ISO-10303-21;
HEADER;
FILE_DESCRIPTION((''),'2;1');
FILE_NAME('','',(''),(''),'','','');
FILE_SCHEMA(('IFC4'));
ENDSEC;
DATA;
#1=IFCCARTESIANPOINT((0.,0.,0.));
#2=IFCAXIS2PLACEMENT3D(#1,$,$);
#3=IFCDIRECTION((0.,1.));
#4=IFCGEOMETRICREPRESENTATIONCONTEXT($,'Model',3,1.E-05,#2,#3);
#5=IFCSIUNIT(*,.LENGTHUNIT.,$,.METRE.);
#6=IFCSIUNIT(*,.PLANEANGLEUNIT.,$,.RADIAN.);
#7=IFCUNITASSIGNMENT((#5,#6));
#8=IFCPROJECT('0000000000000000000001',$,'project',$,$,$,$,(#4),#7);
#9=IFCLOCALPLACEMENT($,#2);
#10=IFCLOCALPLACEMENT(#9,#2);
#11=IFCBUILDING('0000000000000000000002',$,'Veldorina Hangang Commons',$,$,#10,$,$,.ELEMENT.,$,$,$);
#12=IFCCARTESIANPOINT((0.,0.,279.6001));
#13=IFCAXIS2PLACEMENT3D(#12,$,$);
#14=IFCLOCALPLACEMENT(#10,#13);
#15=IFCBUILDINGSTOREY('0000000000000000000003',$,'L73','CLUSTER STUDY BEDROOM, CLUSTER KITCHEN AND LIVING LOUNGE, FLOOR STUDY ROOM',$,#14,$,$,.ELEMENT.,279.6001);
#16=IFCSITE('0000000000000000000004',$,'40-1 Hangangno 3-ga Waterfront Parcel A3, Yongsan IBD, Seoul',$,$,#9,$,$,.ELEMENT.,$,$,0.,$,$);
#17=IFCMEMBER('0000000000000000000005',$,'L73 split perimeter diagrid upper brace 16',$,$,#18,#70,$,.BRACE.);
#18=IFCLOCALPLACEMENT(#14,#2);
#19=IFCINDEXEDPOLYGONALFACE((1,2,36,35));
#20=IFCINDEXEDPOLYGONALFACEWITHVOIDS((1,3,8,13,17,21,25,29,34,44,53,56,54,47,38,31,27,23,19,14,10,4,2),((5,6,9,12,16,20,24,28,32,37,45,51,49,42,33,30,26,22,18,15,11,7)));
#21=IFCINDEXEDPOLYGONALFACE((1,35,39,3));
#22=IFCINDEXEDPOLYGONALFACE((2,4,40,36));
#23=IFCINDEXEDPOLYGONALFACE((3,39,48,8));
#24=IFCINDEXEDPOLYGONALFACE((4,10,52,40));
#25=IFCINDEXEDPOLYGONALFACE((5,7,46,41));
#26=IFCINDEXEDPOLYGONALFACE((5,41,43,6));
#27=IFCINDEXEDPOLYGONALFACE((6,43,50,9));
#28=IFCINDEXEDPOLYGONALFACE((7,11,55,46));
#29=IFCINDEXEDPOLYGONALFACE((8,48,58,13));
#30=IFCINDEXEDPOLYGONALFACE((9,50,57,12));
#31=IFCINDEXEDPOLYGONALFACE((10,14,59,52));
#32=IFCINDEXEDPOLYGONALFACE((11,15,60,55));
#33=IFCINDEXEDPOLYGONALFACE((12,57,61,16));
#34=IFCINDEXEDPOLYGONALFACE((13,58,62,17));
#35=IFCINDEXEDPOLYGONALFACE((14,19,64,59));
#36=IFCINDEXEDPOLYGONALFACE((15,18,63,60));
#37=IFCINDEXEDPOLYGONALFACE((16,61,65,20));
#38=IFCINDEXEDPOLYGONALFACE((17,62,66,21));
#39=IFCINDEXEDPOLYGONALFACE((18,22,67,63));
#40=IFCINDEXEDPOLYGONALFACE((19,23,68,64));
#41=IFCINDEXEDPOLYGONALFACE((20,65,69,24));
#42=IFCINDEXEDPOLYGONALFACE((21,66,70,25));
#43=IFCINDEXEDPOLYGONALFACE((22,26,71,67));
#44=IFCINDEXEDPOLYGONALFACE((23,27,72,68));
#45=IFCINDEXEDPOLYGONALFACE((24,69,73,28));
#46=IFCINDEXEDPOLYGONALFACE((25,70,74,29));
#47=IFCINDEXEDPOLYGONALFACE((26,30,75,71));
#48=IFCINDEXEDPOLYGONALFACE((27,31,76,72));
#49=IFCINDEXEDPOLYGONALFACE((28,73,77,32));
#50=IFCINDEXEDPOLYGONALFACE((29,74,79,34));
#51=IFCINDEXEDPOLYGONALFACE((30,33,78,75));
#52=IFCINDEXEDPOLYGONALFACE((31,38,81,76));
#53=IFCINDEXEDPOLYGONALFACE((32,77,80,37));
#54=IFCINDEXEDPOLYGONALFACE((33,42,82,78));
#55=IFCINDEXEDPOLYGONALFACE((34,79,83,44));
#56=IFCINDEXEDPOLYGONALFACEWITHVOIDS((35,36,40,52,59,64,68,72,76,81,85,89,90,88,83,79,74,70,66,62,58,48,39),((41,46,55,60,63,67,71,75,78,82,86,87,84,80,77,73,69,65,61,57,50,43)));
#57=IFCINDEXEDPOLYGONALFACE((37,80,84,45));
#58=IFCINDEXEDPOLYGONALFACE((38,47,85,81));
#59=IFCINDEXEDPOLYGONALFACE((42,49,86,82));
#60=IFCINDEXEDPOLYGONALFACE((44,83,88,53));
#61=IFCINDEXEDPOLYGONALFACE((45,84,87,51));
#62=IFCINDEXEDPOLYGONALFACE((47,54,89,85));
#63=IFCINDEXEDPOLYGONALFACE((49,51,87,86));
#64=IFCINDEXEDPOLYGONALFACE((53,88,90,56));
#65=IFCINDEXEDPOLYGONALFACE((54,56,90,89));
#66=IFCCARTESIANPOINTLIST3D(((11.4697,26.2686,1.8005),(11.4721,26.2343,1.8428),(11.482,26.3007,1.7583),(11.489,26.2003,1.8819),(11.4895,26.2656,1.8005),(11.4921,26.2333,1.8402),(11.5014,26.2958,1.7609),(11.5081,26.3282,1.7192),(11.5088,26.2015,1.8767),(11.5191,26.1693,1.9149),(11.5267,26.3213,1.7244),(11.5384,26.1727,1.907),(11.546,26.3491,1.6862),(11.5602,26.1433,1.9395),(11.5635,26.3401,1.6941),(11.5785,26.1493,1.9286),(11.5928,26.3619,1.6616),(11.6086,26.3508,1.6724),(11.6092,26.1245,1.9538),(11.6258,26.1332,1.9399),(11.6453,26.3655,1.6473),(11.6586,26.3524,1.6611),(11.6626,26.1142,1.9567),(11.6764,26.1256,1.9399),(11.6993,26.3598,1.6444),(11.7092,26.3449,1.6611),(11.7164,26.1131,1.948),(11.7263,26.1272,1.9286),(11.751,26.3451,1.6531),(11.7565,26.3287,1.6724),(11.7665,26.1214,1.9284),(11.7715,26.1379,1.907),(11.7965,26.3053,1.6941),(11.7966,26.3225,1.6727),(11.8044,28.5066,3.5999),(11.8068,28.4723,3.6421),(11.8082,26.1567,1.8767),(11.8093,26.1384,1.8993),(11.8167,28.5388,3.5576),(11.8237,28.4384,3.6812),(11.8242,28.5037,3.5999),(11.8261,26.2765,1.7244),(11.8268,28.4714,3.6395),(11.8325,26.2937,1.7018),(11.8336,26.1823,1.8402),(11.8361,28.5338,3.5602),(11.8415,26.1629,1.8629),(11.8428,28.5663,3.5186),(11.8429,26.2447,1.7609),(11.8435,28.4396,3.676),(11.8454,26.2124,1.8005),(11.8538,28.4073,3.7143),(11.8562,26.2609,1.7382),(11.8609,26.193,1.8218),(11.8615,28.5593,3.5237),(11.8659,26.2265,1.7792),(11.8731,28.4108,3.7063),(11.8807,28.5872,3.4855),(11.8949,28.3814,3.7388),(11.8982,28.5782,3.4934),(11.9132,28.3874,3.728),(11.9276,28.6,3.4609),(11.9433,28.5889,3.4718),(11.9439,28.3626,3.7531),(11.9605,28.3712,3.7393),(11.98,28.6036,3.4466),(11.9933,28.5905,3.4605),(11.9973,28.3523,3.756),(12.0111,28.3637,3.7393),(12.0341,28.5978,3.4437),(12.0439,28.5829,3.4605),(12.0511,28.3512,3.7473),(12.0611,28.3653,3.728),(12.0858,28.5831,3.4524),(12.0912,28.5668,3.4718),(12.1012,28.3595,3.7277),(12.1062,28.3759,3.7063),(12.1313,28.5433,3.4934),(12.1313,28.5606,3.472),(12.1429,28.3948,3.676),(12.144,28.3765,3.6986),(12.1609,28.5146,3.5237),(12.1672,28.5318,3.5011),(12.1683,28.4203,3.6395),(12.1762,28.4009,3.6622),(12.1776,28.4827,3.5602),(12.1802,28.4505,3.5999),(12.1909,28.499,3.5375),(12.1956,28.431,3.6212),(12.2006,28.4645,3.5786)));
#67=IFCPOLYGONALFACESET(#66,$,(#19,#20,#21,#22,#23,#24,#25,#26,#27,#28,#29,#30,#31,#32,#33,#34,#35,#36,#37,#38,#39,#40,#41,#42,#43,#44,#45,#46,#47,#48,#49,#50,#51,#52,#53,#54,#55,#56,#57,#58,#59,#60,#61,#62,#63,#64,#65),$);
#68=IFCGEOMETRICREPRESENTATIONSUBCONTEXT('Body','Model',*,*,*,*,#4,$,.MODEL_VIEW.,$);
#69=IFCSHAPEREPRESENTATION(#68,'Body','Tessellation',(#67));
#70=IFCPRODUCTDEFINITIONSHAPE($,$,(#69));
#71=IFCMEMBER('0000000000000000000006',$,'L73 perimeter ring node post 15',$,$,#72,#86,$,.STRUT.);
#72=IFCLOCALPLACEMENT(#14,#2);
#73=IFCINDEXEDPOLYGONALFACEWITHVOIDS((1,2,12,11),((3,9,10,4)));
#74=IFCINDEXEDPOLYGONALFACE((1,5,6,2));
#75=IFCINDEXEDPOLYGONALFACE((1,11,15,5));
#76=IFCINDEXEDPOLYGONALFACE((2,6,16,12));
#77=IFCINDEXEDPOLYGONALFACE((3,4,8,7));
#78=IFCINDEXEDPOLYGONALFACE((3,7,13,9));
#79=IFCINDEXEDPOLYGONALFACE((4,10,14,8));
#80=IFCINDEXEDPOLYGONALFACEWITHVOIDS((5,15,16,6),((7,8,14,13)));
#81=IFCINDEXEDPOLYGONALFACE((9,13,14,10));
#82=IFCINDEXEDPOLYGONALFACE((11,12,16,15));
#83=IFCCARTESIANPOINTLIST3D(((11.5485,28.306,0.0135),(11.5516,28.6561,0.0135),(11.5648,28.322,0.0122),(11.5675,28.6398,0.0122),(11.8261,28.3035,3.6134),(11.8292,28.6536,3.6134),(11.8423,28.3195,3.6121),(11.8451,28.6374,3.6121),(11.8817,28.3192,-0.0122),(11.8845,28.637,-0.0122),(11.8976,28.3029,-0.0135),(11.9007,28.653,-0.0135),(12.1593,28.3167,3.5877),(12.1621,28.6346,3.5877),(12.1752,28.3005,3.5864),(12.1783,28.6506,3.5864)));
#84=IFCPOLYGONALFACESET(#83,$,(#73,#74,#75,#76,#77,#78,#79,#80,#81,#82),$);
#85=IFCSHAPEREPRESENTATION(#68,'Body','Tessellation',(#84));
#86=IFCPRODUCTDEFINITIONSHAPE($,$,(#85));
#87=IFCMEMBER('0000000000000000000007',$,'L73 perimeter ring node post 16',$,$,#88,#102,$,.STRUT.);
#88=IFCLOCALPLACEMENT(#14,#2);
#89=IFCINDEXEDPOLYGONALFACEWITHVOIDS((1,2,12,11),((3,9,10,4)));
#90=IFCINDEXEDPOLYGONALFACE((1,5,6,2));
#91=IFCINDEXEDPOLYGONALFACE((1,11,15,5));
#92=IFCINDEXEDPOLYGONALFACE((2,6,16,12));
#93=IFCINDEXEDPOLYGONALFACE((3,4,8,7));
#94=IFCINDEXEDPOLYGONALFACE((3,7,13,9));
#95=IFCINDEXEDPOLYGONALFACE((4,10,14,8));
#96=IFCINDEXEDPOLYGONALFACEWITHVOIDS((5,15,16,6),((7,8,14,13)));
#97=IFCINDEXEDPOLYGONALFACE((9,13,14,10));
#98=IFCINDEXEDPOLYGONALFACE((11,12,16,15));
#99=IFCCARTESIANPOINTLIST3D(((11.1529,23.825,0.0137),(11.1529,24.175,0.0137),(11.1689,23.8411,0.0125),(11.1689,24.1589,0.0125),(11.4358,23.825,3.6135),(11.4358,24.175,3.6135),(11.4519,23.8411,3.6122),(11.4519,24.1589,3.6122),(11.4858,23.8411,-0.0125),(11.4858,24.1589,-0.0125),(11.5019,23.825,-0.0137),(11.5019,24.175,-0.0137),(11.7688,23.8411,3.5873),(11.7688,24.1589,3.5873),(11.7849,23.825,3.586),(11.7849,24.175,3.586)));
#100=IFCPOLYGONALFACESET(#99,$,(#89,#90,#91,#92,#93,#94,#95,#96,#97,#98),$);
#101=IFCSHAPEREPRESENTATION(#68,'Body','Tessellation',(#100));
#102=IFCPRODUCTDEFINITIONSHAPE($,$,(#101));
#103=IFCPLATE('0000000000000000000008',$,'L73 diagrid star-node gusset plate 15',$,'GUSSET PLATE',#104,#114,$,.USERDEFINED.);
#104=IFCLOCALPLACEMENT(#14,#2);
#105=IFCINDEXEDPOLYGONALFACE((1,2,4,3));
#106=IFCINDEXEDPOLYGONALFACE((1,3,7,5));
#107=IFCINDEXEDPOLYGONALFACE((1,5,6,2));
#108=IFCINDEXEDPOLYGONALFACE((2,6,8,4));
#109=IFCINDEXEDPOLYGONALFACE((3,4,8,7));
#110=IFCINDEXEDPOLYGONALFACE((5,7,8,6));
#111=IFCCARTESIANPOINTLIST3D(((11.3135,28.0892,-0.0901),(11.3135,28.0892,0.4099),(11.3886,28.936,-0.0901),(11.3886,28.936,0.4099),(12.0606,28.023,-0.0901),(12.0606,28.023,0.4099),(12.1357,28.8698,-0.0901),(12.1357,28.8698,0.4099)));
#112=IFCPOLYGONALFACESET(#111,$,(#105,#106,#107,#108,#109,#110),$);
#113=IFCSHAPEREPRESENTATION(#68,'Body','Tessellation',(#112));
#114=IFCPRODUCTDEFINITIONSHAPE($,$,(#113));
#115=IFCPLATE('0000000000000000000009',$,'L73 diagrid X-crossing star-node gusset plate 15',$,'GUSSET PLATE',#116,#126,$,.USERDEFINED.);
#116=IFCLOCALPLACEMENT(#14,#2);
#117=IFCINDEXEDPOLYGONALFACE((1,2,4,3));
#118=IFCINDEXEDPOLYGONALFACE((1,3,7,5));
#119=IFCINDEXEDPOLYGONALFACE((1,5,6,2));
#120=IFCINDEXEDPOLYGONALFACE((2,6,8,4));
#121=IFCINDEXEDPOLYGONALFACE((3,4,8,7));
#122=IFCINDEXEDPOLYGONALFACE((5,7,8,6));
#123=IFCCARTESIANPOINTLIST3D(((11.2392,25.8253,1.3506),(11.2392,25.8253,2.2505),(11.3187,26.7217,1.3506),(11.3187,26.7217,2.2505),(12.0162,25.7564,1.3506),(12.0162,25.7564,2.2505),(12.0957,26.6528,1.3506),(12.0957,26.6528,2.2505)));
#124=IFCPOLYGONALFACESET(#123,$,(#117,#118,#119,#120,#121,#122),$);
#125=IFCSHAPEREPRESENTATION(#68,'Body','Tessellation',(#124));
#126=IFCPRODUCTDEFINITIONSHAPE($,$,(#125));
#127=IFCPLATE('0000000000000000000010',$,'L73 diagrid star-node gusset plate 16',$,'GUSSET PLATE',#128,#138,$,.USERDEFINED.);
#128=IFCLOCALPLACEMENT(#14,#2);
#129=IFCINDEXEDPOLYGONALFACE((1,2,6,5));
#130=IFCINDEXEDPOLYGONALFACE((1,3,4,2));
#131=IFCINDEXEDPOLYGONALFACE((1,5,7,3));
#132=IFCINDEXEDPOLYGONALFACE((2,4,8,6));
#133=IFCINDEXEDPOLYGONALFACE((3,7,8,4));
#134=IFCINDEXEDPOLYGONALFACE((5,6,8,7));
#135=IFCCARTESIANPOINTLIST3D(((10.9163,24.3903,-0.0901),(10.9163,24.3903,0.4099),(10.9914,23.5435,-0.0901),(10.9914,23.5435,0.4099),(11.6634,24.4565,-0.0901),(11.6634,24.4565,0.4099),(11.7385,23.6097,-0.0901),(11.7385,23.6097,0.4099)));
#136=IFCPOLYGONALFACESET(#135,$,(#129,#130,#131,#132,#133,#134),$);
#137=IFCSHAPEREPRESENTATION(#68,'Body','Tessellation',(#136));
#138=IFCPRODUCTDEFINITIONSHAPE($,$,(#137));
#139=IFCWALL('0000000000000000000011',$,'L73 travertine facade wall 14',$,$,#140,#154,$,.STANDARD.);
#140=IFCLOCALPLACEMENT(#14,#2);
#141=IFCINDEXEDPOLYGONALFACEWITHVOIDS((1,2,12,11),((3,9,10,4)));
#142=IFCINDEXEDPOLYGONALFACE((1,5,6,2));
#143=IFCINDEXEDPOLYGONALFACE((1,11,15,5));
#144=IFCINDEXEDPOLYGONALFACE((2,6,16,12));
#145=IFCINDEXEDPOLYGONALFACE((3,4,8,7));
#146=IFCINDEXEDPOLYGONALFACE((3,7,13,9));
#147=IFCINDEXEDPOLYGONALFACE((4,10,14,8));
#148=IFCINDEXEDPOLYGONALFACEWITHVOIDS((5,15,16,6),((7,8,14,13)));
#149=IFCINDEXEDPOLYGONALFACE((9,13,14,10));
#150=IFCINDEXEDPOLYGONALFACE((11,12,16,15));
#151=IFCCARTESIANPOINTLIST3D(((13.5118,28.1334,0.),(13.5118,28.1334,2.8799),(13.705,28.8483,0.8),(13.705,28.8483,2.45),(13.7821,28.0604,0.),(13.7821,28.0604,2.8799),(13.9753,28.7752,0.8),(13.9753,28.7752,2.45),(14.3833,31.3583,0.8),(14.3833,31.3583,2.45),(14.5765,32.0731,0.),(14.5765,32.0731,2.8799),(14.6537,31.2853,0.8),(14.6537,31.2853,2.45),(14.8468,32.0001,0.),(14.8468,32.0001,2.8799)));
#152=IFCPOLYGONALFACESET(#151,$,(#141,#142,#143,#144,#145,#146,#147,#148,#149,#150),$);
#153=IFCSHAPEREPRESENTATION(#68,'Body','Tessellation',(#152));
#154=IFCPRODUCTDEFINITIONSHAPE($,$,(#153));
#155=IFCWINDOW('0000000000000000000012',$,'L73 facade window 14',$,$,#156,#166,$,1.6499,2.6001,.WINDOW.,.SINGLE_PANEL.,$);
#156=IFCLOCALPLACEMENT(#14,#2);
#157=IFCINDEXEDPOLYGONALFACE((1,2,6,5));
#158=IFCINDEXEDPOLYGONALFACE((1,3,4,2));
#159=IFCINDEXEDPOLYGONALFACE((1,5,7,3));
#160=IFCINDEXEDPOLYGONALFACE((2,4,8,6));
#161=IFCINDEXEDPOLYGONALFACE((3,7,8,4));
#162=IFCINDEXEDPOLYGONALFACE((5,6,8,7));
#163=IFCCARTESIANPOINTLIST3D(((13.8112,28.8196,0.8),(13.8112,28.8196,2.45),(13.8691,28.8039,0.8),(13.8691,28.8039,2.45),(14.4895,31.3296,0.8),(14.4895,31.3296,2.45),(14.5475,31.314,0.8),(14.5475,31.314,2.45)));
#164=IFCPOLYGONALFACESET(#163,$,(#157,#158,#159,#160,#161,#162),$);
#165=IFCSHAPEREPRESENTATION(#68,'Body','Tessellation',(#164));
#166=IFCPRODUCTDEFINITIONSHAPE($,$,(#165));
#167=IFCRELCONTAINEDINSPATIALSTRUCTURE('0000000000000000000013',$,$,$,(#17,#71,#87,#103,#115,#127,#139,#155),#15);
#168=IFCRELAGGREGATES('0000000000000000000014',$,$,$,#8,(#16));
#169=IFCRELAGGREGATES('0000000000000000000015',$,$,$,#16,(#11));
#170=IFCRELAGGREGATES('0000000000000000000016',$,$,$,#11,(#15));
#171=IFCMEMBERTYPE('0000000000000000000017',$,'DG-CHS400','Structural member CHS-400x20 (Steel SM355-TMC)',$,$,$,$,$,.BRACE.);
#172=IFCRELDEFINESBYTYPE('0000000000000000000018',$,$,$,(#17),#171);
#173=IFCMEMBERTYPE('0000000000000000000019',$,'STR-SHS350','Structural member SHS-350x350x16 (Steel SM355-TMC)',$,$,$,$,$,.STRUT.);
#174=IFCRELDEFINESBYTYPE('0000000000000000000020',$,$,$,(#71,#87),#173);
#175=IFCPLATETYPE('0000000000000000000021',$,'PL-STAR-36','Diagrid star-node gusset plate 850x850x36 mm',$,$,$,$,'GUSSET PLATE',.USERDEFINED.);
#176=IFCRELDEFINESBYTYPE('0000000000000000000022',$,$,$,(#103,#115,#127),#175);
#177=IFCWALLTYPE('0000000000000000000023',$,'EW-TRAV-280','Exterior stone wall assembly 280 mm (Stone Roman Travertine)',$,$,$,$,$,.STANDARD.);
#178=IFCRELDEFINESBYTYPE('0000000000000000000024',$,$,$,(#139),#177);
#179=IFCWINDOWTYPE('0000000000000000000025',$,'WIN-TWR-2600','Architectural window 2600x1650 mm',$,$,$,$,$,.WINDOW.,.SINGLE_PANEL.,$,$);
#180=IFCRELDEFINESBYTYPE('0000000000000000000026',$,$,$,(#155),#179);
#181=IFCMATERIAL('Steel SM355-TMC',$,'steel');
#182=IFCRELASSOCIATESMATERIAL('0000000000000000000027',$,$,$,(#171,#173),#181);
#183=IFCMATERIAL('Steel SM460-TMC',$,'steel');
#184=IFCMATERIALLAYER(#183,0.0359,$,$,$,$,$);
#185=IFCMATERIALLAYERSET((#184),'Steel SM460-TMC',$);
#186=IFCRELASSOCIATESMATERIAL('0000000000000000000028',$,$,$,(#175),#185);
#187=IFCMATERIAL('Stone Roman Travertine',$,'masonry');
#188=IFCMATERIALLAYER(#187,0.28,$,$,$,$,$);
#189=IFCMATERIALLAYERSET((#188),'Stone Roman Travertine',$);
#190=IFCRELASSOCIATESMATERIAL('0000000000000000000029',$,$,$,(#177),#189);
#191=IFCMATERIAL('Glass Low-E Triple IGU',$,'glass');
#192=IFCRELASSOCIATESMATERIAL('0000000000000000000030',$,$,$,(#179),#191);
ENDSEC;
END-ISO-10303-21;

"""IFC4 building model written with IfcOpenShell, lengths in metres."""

from ifc_helpers import new_model, si_unit, direction, frame, frame_2d, origin, origin_2d, place, context, subcontext, project, spatial, rectangle, hollow_rectangle, hollow_circle, extrude, material, layer, layer_set, material_profile, profile_set, type_object, element, fill, save


model = new_model("IFC4")

# Units and contexts
model_context = context("Model", 3, precision=1e-05, world=origin(), true_north=direction((0.0, 1.0)))
body_context = subcontext(model_context, "Body", "Model", "MODEL_VIEW")
ifc_project = project(units=[si_unit("LENGTHUNIT", "METRE"), si_unit("PLANEANGLEUNIT", "RADIAN")], contexts=[model_context])

# Site, building, storey
site_placement = place(None, origin())
site = spatial("IfcSite", under=ifc_project, at=site_placement, Name="40-1 Hangangno 3-ga Waterfront Parcel A3, Yongsan IBD, Seoul", CompositionType="ELEMENT", RefElevation=0.0)
building_placement = place(site_placement, origin())
building = spatial("IfcBuilding", under=site, at=building_placement, Name="Veldorina Hangang Commons", CompositionType="ELEMENT")
storey_placement = place(building_placement, frame((0.0, 0.0, 279.6001)))
storey = spatial("IfcBuildingStorey", under=building, at=storey_placement, Name="L73", Description="CLUSTER STUDY BEDROOM, CLUSTER KITCHEN AND LIVING LOUNGE, FLOOR STUDY ROOM", CompositionType="ELEMENT", Elevation=279.6001)

# Shared definitions
ifc_material_1 = material(Name="Steel SM355-TMC", Category="steel")

# Members
ifc_material_profile_1 = material_profile(ifc_material_1, hollow_circle(Radius=0.2, WallThickness=0.02, at=origin_2d()), Name="CHS-400x20")
ifc_profile_set_1 = profile_set([ifc_material_profile_1], Name="Steel SM355-TMC")
member_type_1 = type_object("IfcMemberType", Name="DG-CHS400", Description="Structural member CHS-400x20 (Steel SM355-TMC)", PredefinedType="BRACE", material=ifc_profile_set_1)
member_1_placement = place(storey_placement, frame((11.6675, 26.239, 1.8005), z_axis=(0.115775, 0.774116, 0.622367), x_axis=(-0.989, 0.147913, 0.0)))
element("IfcMember", 1, at=member_1_placement, inside=storey, type_object=member_type_1, Name="L73 split perimeter diagrid upper brace 16", PredefinedType="BRACE", context=body_context, shape_type="SweptSolid", body=[
    extrude(hollow_circle(Radius=0.2, WallThickness=0.02, at=origin_2d()), origin(), (0.0, 0.0, 1.0), 2.8911),
])
ifc_material_profile_2 = material_profile(ifc_material_1, hollow_rectangle(XDim=0.3501, YDim=0.3501, WallThickness=0.0161, at=origin_2d()), Name="SHS-350x350x16")
ifc_profile_set_2 = profile_set([ifc_material_profile_2], Name="Steel SM355-TMC")
member_type_2 = type_object("IfcMemberType", Name="STR-SHS350", Description="Structural member SHS-350x350x16 (Steel SM355-TMC)", PredefinedType="STRUT", material=ifc_profile_set_2)
member_2_placement = place(storey_placement, frame((11.7246, 28.4795, 0.0), z_axis=(0.076883, -0.000676, 0.99704), x_axis=(0.008795, 0.999961, 0.0)))
element("IfcMember", 2, at=member_2_placement, inside=storey, type_object=member_type_2, Name="L73 perimeter ring node post 15", PredefinedType="STRUT", context=body_context, shape_type="SweptSolid", body=[
    extrude(hollow_rectangle(XDim=0.3501, YDim=0.3501, WallThickness=0.0161, at=origin_2d()), origin(), (0.0, 0.0, 1.0), 3.6106),
])
member_3_placement = place(storey_placement, frame((11.3274, 24.0, 0.0), z_axis=(0.078361, 0.0, 0.996925), x_axis=(0.0, 1.0, 0.0)))
element("IfcMember", 3, at=member_3_placement, inside=storey, type_object=member_type_2, Name="L73 perimeter ring node post 16", PredefinedType="STRUT", context=body_context, shape_type="SweptSolid", body=[
    extrude(hollow_rectangle(XDim=0.3501, YDim=0.3501, WallThickness=0.0161, at=origin_2d()), origin(), (0.0, 0.0, 1.0), 3.6108),
])

# Plates
ifc_material_2 = material(Name="Steel SM460-TMC", Category="steel")
ifc_layer_1 = layer(ifc_material_2, 0.0359)
ifc_layer_set_1 = layer_set([ifc_layer_1], Name="Steel SM460-TMC")
plate_type = type_object("IfcPlateType", Name="PL-STAR-36", Description="Diagrid star-node gusset plate 850x850x36 mm", ElementType="GUSSET PLATE", PredefinedType="USERDEFINED", material=ifc_layer_set_1)
plate_1_placement = place(storey_placement, frame((11.7246, 28.4795, -0.0901), z_axis=(0.0, 0.0, 1.0), x_axis=(-0.088321, -0.996092, 0.0)))
element("IfcPlate", 4, at=plate_1_placement, inside=storey, type_object=plate_type, Name="L73 diagrid star-node gusset plate 15", ObjectType="GUSSET PLATE", PredefinedType="USERDEFINED", context=body_context, shape_type="SweptSolid", body=[
    extrude(rectangle(XDim=0.8501, YDim=0.75, at=origin_2d()), origin(), (0.0, 0.0, 1.0), 0.5),
])
plate_2_placement = place(storey_placement, frame((11.6675, 26.239, 1.3506), z_axis=(0.0, 0.0, 1.0), x_axis=(-0.088321, -0.996092, 0.0)))
element("IfcPlate", 5, at=plate_2_placement, inside=storey, type_object=plate_type, Name="L73 diagrid X-crossing star-node gusset plate 15", ObjectType="GUSSET PLATE", PredefinedType="USERDEFINED", context=body_context, shape_type="SweptSolid", body=[
    extrude(rectangle(XDim=0.8999, YDim=0.78, at=origin_2d()), origin(), (0.0, 0.0, 1.0), 0.8999),
])
plate_3_placement = place(storey_placement, frame((11.3274, 24.0, -0.0901), z_axis=(0.0, 0.0, 1.0), x_axis=(0.088321, -0.996092, 0.0)))
element("IfcPlate", 6, at=plate_3_placement, inside=storey, type_object=plate_type, Name="L73 diagrid star-node gusset plate 16", ObjectType="GUSSET PLATE", PredefinedType="USERDEFINED", context=body_context, shape_type="SweptSolid", body=[
    extrude(rectangle(XDim=0.8501, YDim=0.75, at=origin_2d()), origin(), (0.0, 0.0, 1.0), 0.5),
])

# Wall, opening, window
ifc_material_3 = material(Name="Stone Roman Travertine", Category="masonry")
ifc_layer_2 = layer(ifc_material_3, 0.28)
ifc_layer_set_2 = layer_set([ifc_layer_2], Name="Stone Roman Travertine")
wall_type_1 = type_object("IfcWallType", Name="EW-TRAV-280", Description="Exterior stone wall assembly 280 mm (Stone Roman Travertine)", PredefinedType="STANDARD", material=ifc_layer_set_2)
wall_1_placement = place(storey_placement, frame((14.7117, 32.0366, 0.0), z_axis=(0.0, 0.0, 1.0), x_axis=(-0.260889, -0.965369, 0.0)))
wall_1 = element("IfcWall", 7, at=wall_1_placement, inside=storey, type_object=wall_type_1, Name="L73 travertine facade wall 14", PredefinedType="STANDARD", context=body_context, shape_type="SweptSolid", body=[
    extrude(rectangle(XDim=4.0811, YDim=0.28, at=frame_2d((2.0405, 0.0))), origin(), (0.0, 0.0, 1.0), 2.8799),
])
opening_1_placement = place(wall_1_placement, frame((0.7405, 0.0, 0.8)))
opening_1 = element("IfcOpeningElement", 8, at=opening_1_placement, cuts=wall_1, PredefinedType="OPENING", context=body_context, shape_type="SweptSolid", body=[
    extrude(rectangle(XDim=2.6001, YDim=1.6499, at=frame_2d((1.3, 0.825))), frame((0.0, 0.1499, 0.0), z_axis=(0.0, -1.0, 0.0), x_axis=(1.0, 0.0, 0.0)), (0.0, 0.0, 1.0), 0.3),
])
ifc_material_4 = material(Name="Glass Low-E Triple IGU", Category="glass")
window_type = type_object("IfcWindowType", Name="WIN-TWR-2600", Description="Architectural window 2600x1650 mm", PartitioningType="SINGLE_PANEL", PredefinedType="WINDOW", material=ifc_material_4)
window_1_placement = place(opening_1_placement, origin())
window_1 = element("IfcWindow", 9, at=window_1_placement, inside=storey, type_object=window_type, Name="L73 facade window 14", OverallHeight=1.6499, OverallWidth=2.6001, PartitioningType="SINGLE_PANEL", PredefinedType="WINDOW", context=body_context, shape_type="SweptSolid", body=[
    extrude(rectangle(XDim=2.6001, YDim=1.6499, at=frame_2d((1.3, 0.825))), frame((0.0, 0.03, 0.0), z_axis=(0.0, -1.0, 0.0), x_axis=(1.0, 0.0, 0.0)), (0.0, 0.0, 1.0), 0.0601),
])
fill(opening_1, window_1)

save(model, "model.ifc")
